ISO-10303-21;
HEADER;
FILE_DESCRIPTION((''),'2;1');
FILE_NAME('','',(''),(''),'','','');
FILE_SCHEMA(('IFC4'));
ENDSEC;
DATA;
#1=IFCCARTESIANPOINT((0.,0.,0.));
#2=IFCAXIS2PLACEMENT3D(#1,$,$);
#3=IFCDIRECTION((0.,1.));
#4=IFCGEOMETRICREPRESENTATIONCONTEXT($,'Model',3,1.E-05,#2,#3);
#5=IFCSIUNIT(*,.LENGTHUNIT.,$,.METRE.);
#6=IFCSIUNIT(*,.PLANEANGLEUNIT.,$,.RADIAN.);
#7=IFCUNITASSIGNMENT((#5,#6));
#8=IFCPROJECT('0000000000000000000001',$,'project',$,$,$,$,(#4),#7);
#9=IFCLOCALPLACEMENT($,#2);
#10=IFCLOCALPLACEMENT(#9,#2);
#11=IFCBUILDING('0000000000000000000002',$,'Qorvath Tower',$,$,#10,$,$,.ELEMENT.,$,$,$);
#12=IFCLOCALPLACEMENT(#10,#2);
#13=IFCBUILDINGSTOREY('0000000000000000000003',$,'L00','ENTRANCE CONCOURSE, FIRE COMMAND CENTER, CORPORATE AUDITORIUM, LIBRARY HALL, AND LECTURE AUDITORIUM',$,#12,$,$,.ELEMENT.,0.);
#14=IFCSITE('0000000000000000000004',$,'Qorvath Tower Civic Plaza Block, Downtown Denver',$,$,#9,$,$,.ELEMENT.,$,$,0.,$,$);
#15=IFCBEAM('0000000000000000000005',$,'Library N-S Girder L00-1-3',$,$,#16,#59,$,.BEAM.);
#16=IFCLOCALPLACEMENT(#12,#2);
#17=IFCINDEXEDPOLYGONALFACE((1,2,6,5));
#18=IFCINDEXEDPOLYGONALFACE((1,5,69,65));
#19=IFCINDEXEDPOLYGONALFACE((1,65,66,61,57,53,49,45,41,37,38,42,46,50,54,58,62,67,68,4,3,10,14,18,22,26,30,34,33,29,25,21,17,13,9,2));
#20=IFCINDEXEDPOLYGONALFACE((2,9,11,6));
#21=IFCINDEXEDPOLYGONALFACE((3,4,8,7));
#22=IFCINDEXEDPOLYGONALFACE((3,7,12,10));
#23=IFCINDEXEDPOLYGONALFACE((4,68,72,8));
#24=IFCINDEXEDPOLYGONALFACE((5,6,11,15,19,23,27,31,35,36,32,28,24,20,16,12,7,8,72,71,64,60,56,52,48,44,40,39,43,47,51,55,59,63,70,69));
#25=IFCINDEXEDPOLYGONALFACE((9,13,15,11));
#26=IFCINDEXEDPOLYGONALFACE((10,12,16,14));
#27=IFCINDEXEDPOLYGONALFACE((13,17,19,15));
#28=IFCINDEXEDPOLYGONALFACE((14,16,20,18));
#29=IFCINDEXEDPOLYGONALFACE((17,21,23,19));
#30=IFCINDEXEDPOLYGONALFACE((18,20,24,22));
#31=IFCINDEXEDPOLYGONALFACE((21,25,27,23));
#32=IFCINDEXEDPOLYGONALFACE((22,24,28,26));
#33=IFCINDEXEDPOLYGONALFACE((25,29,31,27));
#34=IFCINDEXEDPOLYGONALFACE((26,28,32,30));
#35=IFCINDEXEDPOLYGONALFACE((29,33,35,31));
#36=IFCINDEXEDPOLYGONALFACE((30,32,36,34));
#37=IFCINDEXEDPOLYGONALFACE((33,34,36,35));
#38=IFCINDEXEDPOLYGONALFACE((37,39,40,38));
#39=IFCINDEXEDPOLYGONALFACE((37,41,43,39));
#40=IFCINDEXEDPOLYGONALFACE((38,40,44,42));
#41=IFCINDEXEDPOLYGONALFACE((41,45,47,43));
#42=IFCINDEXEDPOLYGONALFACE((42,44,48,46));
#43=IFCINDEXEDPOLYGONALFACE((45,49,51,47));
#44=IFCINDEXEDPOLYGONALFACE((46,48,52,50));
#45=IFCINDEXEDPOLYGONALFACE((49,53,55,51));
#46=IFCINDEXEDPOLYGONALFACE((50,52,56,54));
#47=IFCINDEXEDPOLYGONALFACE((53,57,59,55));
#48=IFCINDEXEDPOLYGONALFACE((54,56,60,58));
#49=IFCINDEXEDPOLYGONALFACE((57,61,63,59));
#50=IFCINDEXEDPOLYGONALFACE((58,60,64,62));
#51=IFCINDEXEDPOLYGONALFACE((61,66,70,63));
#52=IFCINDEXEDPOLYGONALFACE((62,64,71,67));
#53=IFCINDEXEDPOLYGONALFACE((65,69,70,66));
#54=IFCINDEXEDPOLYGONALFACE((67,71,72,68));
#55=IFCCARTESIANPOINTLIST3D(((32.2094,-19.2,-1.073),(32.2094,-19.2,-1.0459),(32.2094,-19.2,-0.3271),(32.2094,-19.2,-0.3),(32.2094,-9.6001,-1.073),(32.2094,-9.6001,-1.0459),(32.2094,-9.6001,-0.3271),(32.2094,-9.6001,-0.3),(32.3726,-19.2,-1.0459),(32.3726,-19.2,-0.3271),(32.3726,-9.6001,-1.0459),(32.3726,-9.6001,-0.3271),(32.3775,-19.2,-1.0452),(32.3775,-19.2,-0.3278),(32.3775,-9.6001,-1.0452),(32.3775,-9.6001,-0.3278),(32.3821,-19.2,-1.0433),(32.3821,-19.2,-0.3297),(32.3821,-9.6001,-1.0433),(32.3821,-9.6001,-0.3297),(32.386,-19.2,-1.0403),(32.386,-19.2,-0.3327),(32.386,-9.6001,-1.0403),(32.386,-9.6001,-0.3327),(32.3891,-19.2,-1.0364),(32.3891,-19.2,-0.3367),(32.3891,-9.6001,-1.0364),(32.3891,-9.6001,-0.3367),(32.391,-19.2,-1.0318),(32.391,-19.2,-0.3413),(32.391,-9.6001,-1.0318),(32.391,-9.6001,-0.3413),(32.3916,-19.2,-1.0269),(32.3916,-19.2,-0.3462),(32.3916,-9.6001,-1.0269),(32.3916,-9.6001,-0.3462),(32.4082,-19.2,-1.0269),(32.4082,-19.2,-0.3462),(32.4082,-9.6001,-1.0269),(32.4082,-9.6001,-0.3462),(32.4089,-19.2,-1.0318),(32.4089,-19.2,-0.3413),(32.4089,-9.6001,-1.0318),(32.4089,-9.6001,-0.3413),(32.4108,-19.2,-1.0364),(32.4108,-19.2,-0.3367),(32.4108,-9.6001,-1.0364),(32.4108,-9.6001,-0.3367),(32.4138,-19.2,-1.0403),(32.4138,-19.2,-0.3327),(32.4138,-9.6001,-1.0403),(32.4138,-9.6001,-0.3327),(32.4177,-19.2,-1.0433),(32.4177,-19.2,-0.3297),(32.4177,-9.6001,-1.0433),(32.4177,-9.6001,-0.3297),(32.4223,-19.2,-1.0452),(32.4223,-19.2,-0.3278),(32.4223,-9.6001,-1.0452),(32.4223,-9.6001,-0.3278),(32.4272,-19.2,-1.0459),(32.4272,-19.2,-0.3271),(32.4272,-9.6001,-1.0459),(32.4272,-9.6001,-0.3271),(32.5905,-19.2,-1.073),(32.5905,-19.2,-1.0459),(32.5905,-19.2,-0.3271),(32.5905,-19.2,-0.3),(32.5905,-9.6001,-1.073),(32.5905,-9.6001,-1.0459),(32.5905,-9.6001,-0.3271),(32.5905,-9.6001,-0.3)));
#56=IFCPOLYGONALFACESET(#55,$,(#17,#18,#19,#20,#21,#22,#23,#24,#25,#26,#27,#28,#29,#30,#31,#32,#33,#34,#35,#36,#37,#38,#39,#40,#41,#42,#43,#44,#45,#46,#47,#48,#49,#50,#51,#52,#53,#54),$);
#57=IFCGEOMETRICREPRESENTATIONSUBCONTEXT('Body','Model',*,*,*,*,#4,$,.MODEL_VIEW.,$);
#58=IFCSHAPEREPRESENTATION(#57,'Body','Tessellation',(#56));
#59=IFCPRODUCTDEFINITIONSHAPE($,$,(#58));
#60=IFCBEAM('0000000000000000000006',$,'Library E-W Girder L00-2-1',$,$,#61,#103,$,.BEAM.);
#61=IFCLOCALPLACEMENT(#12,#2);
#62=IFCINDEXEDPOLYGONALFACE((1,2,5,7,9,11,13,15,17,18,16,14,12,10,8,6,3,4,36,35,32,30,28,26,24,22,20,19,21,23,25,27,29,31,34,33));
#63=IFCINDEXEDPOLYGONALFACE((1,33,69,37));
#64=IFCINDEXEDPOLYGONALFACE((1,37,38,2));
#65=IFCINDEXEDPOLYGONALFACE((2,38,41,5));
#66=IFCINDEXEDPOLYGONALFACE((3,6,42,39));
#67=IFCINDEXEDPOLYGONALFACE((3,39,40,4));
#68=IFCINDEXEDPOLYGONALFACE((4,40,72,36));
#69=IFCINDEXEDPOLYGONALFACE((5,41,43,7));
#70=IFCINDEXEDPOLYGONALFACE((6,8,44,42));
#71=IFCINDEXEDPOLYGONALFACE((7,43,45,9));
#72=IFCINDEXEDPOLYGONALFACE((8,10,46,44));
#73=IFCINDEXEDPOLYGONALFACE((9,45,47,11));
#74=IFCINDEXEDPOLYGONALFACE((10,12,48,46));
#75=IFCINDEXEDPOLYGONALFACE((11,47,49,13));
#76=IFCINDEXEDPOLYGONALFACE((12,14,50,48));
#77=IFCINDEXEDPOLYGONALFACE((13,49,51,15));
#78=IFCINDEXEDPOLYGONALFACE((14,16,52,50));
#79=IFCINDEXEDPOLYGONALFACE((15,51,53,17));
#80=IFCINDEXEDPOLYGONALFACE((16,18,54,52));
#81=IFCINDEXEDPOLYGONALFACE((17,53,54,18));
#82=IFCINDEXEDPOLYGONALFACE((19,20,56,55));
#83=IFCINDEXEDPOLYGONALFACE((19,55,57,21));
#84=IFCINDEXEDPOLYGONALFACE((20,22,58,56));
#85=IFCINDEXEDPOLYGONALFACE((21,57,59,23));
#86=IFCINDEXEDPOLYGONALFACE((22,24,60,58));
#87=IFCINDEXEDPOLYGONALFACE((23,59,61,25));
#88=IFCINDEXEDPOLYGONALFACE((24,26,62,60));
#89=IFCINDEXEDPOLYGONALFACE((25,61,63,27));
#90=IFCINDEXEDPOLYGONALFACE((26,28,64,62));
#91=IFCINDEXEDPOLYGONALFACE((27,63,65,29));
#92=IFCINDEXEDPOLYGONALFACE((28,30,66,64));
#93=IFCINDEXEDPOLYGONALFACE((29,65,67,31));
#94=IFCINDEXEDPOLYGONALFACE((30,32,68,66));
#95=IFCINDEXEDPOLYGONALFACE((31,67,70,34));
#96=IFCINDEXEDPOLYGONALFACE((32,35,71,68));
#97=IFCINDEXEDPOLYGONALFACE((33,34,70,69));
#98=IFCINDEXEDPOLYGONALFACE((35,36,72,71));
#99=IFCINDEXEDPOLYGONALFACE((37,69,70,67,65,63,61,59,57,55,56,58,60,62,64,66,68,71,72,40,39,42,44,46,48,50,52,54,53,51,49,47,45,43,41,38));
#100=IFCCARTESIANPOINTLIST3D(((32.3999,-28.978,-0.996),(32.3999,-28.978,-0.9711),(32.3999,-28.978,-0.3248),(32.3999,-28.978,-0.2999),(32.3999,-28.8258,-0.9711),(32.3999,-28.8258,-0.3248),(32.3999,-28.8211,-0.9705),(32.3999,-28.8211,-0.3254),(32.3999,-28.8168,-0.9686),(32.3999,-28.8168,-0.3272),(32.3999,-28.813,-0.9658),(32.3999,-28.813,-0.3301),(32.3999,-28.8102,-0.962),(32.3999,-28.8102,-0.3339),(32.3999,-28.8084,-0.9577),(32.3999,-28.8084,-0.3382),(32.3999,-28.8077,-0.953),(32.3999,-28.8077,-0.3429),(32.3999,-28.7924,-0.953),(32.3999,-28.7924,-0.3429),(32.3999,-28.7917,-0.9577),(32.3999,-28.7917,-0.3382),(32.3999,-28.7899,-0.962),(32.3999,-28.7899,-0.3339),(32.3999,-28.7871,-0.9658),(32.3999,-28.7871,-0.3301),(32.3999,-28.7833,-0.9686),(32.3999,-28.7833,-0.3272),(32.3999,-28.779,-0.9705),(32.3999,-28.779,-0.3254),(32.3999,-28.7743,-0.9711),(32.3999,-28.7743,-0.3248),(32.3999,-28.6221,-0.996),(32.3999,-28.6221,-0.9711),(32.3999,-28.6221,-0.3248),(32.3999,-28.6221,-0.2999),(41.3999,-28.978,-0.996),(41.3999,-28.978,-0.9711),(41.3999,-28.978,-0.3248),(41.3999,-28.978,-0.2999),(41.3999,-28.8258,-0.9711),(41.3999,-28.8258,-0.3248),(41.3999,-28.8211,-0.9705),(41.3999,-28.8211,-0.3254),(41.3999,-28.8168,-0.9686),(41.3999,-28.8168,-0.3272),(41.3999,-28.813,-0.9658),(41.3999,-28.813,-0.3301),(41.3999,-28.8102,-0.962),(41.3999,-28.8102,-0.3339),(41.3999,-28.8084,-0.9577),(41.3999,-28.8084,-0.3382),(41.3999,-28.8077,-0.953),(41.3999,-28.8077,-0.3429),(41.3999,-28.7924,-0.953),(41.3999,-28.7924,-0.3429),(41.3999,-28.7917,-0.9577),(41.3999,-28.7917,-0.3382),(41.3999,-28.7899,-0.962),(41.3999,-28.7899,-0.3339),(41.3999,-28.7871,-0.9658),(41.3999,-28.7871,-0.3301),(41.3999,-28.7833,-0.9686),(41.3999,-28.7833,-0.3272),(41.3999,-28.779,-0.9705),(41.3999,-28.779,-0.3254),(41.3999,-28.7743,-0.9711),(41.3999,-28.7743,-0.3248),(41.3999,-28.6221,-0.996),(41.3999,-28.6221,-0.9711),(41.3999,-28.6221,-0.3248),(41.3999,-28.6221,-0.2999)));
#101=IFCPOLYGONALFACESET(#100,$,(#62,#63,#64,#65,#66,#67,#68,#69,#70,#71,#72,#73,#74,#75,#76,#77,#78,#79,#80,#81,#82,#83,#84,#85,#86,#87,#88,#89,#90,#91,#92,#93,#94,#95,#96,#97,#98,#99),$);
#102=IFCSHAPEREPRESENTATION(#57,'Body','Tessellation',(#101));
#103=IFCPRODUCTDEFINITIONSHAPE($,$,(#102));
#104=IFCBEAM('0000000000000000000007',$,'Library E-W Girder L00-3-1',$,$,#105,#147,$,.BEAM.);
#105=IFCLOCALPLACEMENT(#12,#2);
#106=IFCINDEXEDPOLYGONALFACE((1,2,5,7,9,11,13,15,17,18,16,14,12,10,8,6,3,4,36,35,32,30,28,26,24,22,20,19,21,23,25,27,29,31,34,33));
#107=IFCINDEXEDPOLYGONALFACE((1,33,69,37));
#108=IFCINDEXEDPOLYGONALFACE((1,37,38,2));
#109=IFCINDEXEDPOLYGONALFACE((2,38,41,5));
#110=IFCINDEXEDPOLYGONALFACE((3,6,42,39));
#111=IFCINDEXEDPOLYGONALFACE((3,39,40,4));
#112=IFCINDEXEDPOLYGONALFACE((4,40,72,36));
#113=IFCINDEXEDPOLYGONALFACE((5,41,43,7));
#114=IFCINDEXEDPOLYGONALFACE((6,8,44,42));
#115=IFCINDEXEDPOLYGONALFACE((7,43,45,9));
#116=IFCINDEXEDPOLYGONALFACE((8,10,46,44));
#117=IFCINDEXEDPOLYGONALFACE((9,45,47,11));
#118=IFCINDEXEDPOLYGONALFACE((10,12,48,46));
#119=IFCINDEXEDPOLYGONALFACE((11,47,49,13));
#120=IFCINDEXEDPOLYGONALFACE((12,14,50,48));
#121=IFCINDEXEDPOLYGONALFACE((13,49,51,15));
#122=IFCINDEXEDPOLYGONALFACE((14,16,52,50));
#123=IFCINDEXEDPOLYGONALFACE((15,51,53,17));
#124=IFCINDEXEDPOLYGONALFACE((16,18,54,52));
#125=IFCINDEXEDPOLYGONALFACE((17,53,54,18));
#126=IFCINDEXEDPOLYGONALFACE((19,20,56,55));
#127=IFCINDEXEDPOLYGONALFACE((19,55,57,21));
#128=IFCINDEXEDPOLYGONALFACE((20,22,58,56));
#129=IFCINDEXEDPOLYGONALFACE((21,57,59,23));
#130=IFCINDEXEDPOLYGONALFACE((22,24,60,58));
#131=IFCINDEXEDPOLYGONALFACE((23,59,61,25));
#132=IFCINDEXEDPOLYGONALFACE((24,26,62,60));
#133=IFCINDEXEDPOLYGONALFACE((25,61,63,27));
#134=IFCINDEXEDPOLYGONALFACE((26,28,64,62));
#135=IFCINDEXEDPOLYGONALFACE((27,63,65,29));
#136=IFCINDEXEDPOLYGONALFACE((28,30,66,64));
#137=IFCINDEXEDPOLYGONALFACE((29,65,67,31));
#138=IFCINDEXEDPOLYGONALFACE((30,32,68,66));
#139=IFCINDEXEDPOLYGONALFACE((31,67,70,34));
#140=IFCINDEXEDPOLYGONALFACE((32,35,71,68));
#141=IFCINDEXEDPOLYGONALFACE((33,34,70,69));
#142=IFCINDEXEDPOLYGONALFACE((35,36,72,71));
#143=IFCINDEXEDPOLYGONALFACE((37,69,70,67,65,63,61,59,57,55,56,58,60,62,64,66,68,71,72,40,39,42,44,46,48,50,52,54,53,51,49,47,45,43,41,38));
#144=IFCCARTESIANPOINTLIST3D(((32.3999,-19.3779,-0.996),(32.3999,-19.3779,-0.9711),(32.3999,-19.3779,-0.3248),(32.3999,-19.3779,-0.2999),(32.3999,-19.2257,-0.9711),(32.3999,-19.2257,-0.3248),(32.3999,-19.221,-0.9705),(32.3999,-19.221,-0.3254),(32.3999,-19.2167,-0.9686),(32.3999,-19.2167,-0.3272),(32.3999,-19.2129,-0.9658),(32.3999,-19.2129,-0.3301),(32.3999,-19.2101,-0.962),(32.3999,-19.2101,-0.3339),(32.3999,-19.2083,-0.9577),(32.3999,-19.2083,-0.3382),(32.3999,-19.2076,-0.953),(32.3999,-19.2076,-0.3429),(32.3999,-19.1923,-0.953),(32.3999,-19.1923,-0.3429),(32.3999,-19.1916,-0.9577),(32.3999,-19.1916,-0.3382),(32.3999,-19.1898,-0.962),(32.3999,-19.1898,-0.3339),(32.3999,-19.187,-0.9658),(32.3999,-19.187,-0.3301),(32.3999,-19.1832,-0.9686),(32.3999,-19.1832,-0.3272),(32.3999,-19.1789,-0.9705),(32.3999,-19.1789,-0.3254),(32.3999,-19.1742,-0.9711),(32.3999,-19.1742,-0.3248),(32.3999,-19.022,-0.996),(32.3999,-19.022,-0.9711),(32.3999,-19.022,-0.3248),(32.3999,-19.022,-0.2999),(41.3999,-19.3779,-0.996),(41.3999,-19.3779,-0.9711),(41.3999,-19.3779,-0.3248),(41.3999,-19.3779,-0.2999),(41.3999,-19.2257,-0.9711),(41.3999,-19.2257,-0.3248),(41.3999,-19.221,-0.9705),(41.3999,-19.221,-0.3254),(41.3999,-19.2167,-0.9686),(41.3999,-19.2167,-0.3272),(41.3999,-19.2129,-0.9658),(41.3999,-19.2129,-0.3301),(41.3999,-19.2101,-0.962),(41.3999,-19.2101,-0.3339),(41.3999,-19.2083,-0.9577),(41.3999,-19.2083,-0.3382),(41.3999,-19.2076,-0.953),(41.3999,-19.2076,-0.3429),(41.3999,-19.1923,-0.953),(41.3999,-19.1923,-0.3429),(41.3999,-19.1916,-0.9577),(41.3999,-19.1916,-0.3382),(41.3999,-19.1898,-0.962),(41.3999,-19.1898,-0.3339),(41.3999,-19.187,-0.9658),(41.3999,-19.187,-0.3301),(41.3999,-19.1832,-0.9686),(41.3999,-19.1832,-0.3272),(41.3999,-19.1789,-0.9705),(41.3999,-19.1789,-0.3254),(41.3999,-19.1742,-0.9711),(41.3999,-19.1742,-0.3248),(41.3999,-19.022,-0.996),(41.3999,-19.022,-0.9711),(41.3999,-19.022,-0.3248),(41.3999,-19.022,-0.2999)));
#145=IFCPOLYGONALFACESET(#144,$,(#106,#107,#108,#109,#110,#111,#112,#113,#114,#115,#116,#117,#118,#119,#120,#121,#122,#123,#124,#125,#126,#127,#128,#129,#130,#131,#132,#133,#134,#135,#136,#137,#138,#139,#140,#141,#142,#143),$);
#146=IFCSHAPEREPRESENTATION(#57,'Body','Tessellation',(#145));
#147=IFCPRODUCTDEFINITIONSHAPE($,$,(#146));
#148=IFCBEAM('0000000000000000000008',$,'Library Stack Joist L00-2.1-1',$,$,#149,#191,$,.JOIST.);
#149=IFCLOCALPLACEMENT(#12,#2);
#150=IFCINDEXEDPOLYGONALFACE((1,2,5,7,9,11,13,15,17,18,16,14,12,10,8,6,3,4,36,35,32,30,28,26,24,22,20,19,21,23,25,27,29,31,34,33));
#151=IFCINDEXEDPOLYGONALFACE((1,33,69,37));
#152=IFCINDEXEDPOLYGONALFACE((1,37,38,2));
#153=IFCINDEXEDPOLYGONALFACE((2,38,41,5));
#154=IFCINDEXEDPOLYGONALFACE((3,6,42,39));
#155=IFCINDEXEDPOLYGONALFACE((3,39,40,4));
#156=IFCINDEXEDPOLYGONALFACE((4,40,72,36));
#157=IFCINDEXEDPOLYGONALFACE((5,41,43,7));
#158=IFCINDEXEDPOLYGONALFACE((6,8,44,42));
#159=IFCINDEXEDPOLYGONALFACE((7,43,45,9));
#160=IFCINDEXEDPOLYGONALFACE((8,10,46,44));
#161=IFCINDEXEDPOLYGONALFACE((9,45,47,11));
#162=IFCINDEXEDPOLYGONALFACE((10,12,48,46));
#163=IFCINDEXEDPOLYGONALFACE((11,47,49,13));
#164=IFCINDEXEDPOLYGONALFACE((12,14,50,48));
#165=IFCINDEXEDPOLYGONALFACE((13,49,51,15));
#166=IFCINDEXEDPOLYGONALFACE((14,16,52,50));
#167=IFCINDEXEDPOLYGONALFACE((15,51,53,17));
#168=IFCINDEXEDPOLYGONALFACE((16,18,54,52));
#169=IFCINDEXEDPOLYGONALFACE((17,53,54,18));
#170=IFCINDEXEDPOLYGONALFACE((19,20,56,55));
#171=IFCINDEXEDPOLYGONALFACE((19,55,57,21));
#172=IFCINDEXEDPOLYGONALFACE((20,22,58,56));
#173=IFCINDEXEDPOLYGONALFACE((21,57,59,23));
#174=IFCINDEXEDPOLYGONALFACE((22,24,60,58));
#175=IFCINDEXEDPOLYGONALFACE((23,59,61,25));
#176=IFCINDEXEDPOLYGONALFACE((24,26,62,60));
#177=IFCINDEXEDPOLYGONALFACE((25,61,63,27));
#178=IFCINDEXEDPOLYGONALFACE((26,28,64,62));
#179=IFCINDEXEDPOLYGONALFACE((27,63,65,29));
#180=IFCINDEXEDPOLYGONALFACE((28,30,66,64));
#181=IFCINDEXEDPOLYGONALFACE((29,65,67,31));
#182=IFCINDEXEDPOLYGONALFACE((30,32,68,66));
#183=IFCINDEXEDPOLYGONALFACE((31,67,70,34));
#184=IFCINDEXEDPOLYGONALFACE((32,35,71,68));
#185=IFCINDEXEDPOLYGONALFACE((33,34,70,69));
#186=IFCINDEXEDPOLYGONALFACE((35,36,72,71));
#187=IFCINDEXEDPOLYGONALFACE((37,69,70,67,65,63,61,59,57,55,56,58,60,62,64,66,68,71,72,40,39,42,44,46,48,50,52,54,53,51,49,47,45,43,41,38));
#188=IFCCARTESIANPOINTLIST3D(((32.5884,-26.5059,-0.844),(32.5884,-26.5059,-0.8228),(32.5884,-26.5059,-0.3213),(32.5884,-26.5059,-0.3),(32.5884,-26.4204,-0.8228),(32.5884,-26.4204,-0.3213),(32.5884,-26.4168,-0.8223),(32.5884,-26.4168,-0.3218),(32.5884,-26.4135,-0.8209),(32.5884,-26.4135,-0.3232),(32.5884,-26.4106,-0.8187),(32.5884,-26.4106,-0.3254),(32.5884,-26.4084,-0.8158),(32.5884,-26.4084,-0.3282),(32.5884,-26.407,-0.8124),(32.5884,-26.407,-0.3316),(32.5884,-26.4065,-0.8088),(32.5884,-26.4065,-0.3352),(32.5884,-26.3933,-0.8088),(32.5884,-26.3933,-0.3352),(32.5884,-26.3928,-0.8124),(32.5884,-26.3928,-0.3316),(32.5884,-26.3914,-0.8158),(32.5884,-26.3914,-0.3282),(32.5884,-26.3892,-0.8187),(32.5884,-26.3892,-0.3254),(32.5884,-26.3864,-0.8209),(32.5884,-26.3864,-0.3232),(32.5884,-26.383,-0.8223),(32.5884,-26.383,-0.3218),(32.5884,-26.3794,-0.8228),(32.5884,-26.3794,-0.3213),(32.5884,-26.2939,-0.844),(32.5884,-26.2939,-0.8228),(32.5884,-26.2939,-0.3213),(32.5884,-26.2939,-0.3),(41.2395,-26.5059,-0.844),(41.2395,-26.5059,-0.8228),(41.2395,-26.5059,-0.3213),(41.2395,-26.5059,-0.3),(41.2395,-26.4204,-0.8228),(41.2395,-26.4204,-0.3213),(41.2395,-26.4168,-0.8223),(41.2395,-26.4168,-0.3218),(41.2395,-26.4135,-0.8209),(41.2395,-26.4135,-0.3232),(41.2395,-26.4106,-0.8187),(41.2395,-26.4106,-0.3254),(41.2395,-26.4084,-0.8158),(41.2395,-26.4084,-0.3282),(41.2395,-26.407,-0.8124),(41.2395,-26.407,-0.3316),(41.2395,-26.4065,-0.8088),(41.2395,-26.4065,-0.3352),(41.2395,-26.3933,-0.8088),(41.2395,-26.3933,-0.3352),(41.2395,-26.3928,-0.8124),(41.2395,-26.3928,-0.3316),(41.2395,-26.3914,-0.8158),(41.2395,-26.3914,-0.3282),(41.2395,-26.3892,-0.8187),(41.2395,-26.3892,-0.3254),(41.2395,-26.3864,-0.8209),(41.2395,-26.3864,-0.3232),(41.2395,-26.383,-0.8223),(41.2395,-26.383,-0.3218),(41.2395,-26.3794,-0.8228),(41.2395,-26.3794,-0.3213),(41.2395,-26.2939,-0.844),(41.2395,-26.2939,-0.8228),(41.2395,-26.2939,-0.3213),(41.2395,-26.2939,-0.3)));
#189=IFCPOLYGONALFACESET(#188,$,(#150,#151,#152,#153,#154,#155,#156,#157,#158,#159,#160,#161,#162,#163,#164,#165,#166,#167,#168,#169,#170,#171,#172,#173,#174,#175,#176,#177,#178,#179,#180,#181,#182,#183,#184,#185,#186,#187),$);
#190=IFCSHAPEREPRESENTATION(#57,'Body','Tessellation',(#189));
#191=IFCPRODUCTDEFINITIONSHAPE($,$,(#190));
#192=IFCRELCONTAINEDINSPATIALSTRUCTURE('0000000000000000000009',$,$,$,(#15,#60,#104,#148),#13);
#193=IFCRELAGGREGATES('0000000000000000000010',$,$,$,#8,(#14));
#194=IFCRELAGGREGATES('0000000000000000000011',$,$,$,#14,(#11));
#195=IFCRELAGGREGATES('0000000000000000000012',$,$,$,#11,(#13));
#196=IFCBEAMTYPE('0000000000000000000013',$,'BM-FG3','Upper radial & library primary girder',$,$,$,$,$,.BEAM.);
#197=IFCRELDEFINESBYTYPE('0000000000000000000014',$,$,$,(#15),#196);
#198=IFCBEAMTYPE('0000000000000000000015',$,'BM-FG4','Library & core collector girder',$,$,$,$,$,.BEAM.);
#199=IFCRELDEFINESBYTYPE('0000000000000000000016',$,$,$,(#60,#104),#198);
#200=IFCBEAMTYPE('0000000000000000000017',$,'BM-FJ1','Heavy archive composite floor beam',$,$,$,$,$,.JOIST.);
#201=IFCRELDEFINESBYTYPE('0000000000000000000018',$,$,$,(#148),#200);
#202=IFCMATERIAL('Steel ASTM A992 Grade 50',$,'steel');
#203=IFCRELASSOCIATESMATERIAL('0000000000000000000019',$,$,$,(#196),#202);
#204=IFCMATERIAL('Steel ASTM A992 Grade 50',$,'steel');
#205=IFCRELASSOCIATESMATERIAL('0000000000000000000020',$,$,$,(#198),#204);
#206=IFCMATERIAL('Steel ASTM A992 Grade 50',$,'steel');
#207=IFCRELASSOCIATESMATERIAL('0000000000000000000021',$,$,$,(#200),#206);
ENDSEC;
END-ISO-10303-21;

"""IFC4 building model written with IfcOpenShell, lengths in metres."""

from ifc_helpers import new_model, si_unit, direction, frame, origin, origin_2d, place, context, subcontext, project, spatial, i_section, extrude, material, material_profile, profile_set, type_object, element, save


model = new_model("IFC4")

# Units and contexts
model_context = context("Model", 3, precision=1e-05, world=origin(), true_north=direction((0.0, 1.0)))
body_context = subcontext(model_context, "Body", "Model", "MODEL_VIEW")
ifc_project = project(units=[si_unit("LENGTHUNIT", "METRE"), si_unit("PLANEANGLEUNIT", "RADIAN")], contexts=[model_context])

# Site, building, storey
site_placement = place(None, origin())
site = spatial("IfcSite", under=ifc_project, at=site_placement, Name="Qorvath Tower Civic Plaza Block, Downtown Denver", CompositionType="ELEMENT", RefElevation=0.0)
building_placement = place(site_placement, origin())
building = spatial("IfcBuilding", under=site, at=building_placement, Name="Qorvath Tower", CompositionType="ELEMENT")
storey_placement = place(building_placement, origin())
storey = spatial("IfcBuildingStorey", under=building, at=storey_placement, Name="L00", Description="ENTRANCE CONCOURSE, FIRE COMMAND CENTER, CORPORATE AUDITORIUM, LIBRARY HALL, AND LECTURE AUDITORIUM", CompositionType="ELEMENT", Elevation=0.0)

# Beams
ifc_material_1 = material(Name="Steel ASTM A992 Grade 50", Category="steel")
ifc_material_profile_1 = material_profile(ifc_material_1, i_section(OverallWidth=0.3811, OverallDepth=0.7729, WebThickness=0.0166, FlangeThickness=0.0271, FilletRadius=0.019, at=origin_2d()), Name="W30x173")
ifc_profile_set_1 = profile_set([ifc_material_profile_1], Name="Steel ASTM A992 Grade 50")
beam_type_1 = type_object("IfcBeamType", Name="BM-FG3", Description="Upper radial & library primary girder", PredefinedType="BEAM", material=ifc_profile_set_1)
beam_1_placement = place(storey_placement, frame((32.3999, -19.2, -0.6865), z_axis=(0.0, 1.0, 0.0), x_axis=(-1.0, 0.0, 0.0)))
element("IfcBeam", 1, at=beam_1_placement, inside=storey, type_object=beam_type_1, Name="Library N-S Girder L00-1-3", PredefinedType="BEAM", context=body_context, shape_type="SweptSolid", body=[
    extrude(i_section(OverallWidth=0.3811, OverallDepth=0.7729, WebThickness=0.0166, FlangeThickness=0.0271, FilletRadius=0.019, at=origin_2d()), origin(), (0.0, 0.0, 1.0), 9.5999),
])
ifc_material_2 = material(Name="Steel ASTM A992 Grade 50", Category="steel")
ifc_material_profile_2 = material_profile(ifc_material_2, i_section(OverallWidth=0.356, OverallDepth=0.696, WebThickness=0.0154, FlangeThickness=0.0249, FilletRadius=0.0181, at=origin_2d()), Name="W27x146")
ifc_profile_set_2 = profile_set([ifc_material_profile_2], Name="Steel ASTM A992 Grade 50")
beam_type_2 = type_object("IfcBeamType", Name="BM-FG4", Description="Library & core collector girder", PredefinedType="BEAM", material=ifc_profile_set_2)
for number, where, z_axis, x_axis, name in (
    (2, (32.3999, -28.8, -0.6479), (1.0, 0.0, 0.0), (0.0, 1.0, 0.0), "Library E-W Girder L00-2-1"),
    (3, (32.3999, -19.2, -0.6479), (1.0, 0.0, 0.0), (0.0, 1.0, 0.0), "Library E-W Girder L00-3-1"),
):
    element("IfcBeam", number, at=place(storey_placement, frame(where, z_axis=z_axis, x_axis=x_axis)), inside=storey, type_object=beam_type_2, Name=name, PredefinedType="BEAM", context=body_context, shape_type="SweptSolid", body=[
        extrude(i_section(OverallWidth=0.356, OverallDepth=0.696, WebThickness=0.0154, FlangeThickness=0.0249, FilletRadius=0.0181, at=origin_2d()), origin(), (0.0, 0.0, 1.0), 9.0),
    ])
ifc_material_3 = material(Name="Steel ASTM A992 Grade 50", Category="steel")
ifc_material_profile_3 = material_profile(ifc_material_3, i_section(OverallWidth=0.2119, OverallDepth=0.5439, WebThickness=0.0132, FlangeThickness=0.0212, FilletRadius=0.0139, at=origin_2d()), Name="W21x83")
ifc_profile_set_3 = profile_set([ifc_material_profile_3], Name="Steel ASTM A992 Grade 50")
beam_type_3 = type_object("IfcBeamType", Name="BM-FJ1", Description="Heavy archive composite floor beam", PredefinedType="JOIST", material=ifc_profile_set_3)
for number, where, z_axis, x_axis, name in (
    (4, (32.5884, -26.3999, -0.572), (1.0, 0.0, 0.0), (0.0, 1.0, 0.0), "Library Stack Joist L00-2.1-1"),
):
    element("IfcBeam", number, at=place(storey_placement, frame(where, z_axis=z_axis, x_axis=x_axis)), inside=storey, type_object=beam_type_3, Name=name, PredefinedType="JOIST", context=body_context, shape_type="SweptSolid", body=[
        extrude(i_section(OverallWidth=0.2119, OverallDepth=0.5439, WebThickness=0.0132, FlangeThickness=0.0212, FilletRadius=0.0139, at=origin_2d()), origin(), (0.0, 0.0, 1.0), 8.6511),
    ])

save(model, "model.ifc")
